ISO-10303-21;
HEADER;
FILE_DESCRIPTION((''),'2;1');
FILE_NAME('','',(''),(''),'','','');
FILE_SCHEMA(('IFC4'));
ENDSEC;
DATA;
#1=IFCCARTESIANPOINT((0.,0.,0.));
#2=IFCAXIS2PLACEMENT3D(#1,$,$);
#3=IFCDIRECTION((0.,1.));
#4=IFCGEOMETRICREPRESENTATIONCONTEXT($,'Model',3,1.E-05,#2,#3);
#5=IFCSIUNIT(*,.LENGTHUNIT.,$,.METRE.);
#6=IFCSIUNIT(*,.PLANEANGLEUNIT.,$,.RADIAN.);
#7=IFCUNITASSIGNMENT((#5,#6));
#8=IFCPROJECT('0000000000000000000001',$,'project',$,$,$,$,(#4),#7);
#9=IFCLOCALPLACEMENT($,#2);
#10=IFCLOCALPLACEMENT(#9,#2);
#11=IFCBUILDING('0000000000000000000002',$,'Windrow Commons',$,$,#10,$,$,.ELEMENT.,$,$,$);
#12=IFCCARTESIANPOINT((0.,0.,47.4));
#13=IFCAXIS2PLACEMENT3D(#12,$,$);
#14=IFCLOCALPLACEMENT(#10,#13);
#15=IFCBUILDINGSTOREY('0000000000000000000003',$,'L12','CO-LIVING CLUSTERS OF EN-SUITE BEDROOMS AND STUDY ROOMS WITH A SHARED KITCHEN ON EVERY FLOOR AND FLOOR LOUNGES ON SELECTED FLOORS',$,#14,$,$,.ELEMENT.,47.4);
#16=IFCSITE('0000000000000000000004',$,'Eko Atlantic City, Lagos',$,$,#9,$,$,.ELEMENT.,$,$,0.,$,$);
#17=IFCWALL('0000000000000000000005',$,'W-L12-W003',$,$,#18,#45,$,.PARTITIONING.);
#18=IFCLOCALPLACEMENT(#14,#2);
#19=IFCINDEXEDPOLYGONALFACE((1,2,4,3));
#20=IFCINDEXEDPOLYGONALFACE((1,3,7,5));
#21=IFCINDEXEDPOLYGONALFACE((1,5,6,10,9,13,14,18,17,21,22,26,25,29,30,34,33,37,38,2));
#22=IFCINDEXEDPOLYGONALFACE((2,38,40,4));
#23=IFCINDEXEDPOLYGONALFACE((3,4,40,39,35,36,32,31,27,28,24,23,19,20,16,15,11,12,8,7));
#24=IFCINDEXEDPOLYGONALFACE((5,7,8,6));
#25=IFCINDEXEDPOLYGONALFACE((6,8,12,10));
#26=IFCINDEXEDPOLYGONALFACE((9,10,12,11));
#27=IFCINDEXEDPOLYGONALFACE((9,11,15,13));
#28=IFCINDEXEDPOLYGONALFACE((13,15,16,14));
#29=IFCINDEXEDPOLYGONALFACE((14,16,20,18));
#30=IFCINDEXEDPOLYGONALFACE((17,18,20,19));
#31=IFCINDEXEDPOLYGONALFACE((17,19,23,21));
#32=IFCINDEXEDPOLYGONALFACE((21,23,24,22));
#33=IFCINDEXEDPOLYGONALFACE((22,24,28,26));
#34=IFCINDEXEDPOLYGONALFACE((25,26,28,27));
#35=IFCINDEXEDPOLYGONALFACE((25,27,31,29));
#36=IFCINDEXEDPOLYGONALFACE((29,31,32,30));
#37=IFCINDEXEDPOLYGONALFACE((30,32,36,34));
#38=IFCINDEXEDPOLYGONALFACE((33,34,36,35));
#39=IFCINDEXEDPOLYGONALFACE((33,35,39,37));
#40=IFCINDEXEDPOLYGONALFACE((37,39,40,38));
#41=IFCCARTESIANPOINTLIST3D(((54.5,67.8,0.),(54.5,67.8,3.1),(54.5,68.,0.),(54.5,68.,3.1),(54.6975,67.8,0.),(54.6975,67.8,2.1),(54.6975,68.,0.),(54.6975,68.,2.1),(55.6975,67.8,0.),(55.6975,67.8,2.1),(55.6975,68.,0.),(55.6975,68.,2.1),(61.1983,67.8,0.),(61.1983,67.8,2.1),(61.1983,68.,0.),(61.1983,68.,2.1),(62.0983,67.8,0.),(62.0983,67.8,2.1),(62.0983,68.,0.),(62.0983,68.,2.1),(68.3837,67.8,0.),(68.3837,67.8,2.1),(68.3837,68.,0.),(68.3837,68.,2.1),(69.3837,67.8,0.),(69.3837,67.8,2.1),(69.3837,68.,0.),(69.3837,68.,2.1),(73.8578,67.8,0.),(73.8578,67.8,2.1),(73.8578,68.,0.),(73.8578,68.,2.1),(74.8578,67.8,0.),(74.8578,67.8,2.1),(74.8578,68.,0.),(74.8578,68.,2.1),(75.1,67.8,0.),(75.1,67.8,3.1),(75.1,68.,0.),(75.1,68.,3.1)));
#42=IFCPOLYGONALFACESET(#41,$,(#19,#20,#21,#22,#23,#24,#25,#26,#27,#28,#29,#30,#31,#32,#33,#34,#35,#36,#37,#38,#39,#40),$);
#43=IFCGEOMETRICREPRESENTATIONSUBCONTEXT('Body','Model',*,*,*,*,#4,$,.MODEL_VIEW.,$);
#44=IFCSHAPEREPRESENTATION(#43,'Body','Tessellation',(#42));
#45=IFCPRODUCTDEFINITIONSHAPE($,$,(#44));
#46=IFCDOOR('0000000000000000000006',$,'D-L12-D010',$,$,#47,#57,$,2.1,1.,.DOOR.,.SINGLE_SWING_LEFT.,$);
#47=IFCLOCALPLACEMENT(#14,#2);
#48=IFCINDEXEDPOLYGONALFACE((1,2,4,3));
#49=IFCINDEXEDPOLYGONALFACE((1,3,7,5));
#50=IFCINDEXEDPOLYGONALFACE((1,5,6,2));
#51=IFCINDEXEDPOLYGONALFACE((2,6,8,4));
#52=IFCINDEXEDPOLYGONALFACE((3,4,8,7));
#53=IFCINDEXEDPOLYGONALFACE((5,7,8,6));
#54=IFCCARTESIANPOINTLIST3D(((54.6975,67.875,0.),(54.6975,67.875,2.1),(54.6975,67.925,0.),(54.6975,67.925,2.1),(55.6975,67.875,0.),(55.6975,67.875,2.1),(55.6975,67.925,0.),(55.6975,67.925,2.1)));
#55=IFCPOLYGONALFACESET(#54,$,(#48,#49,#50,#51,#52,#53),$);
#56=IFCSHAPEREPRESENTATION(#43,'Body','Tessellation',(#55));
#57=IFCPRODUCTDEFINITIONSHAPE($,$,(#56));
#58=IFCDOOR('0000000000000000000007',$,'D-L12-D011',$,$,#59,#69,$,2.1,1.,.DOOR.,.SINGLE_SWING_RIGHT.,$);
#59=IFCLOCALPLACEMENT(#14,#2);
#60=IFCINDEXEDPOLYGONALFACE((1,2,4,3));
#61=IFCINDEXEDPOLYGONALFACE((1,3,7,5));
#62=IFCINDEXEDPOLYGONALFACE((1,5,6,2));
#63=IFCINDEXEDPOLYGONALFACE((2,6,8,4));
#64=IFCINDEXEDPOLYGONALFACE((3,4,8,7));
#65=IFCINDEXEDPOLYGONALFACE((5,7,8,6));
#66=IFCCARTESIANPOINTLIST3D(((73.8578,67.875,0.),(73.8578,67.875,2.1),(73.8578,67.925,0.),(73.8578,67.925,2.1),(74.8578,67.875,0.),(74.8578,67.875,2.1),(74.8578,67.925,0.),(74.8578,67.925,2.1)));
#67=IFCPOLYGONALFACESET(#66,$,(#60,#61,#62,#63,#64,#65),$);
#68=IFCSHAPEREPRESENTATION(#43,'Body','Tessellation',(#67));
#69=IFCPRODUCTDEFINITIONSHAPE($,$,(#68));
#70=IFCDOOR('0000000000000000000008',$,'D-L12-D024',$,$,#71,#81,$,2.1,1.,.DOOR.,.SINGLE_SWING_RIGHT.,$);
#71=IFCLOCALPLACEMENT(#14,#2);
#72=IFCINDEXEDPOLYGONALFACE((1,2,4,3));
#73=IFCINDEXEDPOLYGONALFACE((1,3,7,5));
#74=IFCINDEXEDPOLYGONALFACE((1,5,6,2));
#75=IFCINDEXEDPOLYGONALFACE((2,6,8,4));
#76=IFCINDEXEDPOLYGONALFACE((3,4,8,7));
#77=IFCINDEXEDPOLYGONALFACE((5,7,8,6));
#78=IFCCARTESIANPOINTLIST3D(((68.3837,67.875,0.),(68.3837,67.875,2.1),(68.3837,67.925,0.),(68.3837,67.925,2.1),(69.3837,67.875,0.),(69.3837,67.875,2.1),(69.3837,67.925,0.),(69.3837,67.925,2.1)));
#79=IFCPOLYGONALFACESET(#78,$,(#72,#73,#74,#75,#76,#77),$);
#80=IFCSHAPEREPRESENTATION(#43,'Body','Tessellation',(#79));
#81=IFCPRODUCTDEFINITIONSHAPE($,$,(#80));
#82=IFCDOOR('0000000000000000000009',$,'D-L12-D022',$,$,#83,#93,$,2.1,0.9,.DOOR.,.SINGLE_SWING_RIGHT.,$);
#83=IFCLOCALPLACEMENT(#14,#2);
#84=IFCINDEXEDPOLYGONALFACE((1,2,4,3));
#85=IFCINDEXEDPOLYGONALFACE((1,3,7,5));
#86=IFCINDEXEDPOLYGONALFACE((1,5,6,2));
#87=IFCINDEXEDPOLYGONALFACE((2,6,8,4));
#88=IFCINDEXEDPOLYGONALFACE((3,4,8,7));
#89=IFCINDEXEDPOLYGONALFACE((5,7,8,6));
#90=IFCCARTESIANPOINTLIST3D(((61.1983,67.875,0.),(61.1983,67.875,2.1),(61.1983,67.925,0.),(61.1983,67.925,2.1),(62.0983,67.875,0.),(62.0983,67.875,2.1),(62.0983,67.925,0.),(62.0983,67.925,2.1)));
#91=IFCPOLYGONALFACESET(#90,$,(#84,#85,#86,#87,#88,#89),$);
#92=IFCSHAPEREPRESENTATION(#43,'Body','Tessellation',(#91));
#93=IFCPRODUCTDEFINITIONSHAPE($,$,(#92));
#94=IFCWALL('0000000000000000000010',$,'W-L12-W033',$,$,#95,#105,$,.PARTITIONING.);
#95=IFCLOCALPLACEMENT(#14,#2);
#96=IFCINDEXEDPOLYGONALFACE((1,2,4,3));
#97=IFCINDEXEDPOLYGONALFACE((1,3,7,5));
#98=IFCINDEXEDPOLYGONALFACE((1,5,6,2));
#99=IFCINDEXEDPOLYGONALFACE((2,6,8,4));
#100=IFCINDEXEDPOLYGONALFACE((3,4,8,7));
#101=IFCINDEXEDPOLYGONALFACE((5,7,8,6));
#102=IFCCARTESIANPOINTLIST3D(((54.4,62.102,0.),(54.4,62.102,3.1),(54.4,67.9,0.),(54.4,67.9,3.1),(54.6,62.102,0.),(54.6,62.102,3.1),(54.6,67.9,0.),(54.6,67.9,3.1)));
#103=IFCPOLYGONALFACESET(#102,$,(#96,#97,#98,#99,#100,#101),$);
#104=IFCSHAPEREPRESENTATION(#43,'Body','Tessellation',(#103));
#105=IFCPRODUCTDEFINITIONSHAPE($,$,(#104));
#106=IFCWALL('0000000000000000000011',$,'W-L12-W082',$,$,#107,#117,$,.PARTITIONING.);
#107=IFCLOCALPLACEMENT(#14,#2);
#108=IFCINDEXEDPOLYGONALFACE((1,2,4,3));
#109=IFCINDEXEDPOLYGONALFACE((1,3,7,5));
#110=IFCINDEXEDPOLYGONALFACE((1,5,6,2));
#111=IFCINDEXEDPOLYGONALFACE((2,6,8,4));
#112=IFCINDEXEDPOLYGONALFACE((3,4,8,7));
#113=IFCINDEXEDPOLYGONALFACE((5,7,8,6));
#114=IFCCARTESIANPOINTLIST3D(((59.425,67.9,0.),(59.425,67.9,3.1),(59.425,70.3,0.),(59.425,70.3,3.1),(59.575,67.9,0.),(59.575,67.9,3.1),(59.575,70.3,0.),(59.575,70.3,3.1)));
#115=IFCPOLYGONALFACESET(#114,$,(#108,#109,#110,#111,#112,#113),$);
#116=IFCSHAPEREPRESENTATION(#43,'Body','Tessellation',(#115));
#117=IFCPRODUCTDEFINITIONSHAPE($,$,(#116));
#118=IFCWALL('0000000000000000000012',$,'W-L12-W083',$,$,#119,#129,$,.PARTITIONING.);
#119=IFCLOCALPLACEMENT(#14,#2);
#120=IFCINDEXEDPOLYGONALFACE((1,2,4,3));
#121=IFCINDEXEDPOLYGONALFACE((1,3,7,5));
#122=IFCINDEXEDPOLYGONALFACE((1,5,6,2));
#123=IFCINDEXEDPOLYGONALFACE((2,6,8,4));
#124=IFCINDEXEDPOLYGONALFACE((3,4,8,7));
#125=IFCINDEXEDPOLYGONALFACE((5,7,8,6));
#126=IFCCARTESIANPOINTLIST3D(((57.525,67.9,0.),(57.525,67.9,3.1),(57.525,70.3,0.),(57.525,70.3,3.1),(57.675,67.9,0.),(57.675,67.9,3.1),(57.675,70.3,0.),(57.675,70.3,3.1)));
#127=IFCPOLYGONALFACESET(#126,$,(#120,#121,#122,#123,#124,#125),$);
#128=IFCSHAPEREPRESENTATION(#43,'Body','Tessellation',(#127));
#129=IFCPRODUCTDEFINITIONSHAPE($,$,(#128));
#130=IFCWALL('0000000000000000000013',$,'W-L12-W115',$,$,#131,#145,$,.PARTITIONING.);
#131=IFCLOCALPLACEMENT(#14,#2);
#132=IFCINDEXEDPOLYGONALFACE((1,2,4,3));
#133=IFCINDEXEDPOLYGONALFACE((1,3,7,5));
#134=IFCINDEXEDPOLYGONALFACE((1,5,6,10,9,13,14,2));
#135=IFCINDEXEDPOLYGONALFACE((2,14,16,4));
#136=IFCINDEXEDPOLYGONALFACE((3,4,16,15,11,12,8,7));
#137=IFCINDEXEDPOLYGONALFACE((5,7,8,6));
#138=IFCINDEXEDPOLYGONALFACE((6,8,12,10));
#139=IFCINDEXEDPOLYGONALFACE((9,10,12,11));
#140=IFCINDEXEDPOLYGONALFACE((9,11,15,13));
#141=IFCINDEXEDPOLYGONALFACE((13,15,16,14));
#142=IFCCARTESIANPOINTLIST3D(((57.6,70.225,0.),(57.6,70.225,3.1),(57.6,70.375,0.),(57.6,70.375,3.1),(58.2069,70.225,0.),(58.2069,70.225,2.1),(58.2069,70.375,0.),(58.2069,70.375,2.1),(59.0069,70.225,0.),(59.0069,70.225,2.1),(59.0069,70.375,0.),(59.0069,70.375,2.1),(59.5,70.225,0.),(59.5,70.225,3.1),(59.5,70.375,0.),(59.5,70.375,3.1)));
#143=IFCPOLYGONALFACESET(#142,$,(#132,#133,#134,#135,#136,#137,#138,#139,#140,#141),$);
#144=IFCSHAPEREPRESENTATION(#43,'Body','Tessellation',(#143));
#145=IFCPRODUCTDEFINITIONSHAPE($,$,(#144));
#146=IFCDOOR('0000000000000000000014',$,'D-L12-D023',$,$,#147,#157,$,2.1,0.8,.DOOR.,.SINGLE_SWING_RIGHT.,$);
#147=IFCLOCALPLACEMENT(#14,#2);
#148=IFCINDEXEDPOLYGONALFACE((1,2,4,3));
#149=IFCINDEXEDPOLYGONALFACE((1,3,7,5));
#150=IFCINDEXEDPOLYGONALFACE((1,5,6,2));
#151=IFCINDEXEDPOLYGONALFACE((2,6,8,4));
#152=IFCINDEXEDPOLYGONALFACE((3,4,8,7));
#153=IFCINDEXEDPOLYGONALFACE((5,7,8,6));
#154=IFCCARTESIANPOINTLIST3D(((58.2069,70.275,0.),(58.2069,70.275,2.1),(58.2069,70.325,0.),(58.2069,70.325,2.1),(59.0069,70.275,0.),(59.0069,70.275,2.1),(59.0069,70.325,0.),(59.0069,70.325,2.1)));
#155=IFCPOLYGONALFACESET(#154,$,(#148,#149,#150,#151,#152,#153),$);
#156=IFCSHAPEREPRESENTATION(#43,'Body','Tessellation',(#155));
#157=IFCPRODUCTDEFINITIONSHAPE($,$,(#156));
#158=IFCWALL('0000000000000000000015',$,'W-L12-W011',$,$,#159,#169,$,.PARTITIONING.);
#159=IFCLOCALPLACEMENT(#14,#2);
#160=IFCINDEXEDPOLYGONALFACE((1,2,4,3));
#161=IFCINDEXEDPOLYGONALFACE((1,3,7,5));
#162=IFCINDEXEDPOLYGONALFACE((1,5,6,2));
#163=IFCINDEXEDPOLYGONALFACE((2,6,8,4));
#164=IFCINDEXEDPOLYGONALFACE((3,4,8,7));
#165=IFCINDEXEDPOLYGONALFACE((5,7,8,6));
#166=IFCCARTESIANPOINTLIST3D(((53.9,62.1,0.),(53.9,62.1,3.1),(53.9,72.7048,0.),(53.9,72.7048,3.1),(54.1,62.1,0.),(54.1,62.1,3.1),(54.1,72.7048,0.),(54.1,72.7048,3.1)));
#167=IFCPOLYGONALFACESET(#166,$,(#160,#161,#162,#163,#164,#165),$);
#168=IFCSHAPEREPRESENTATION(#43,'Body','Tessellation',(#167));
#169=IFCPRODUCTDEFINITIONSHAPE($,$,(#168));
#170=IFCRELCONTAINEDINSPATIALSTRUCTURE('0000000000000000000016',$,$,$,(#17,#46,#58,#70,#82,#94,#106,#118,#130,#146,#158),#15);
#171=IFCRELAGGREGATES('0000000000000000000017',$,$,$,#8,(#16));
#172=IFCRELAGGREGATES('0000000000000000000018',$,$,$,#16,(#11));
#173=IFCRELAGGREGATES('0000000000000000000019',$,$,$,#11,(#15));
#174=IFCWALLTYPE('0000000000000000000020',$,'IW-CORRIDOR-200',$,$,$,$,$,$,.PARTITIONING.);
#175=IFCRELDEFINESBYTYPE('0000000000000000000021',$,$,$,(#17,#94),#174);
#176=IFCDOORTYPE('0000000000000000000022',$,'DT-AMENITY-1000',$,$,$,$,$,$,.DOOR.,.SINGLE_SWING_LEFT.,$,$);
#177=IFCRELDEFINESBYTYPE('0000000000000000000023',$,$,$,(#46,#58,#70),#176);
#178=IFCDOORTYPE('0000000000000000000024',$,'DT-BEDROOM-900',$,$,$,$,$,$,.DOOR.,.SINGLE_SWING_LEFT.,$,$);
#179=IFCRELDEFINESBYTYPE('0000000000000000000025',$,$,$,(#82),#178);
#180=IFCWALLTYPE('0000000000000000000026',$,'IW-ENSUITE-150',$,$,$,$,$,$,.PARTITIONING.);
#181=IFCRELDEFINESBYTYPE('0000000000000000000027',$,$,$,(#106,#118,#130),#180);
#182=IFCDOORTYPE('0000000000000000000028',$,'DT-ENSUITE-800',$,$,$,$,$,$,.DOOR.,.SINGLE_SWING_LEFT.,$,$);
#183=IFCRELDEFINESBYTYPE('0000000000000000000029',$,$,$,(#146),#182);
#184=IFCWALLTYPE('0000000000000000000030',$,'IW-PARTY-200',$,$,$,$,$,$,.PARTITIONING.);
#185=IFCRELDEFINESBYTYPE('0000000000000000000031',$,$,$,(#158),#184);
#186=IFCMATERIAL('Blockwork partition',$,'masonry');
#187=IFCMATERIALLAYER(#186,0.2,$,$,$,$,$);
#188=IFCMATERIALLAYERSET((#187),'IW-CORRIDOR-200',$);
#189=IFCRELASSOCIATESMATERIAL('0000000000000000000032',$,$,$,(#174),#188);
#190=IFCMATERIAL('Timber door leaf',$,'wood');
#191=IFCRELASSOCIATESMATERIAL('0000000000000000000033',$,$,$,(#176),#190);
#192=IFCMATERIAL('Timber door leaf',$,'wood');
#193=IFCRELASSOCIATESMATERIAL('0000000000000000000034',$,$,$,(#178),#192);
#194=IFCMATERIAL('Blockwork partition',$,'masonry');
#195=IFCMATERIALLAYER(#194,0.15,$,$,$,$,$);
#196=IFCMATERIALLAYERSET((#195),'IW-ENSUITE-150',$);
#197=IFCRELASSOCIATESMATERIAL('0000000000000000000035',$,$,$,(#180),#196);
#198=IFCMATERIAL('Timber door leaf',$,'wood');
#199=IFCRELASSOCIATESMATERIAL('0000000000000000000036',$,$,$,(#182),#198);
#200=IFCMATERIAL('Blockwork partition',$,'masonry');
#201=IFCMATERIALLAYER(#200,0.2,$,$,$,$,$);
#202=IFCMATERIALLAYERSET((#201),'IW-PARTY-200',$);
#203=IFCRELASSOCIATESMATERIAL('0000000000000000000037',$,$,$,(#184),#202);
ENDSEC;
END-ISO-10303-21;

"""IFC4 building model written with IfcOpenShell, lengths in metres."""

from ifc_helpers import new_model, si_unit, direction, frame, frame_2d, origin, place, context, subcontext, project, spatial, rectangle, extrude, material, layer, layer_set, type_object, element, fill, save


model = new_model("IFC4")

# Units and contexts
model_context = context("Model", 3, precision=1e-05, world=origin(), true_north=direction((0.0, 1.0)))
body_context = subcontext(model_context, "Body", "Model", "MODEL_VIEW")
ifc_project = project(units=[si_unit("LENGTHUNIT", "METRE"), si_unit("PLANEANGLEUNIT", "RADIAN")], contexts=[model_context])

# Site, building, storey
site_placement = place(None, origin())
site = spatial("IfcSite", under=ifc_project, at=site_placement, Name="Eko Atlantic City, Lagos", CompositionType="ELEMENT", RefElevation=0.0)
building_placement = place(site_placement, origin())
building = spatial("IfcBuilding", under=site, at=building_placement, Name="Windrow Commons", CompositionType="ELEMENT")
storey_placement = place(building_placement, frame((0.0, 0.0, 47.4)))
storey = spatial("IfcBuildingStorey", under=building, at=storey_placement, Name="L12", Description="CO-LIVING CLUSTERS OF EN-SUITE BEDROOMS AND STUDY ROOMS WITH A SHARED KITCHEN ON EVERY FLOOR AND FLOOR LOUNGES ON SELECTED FLOORS", CompositionType="ELEMENT", Elevation=47.4)

# Wall, openings, doors
ifc_material_1 = material(Name="Blockwork partition", Category="masonry")
ifc_layer_1 = layer(ifc_material_1, 0.2)
ifc_layer_set_1 = layer_set([ifc_layer_1], Name="IW-CORRIDOR-200")
wall_type_1 = type_object("IfcWallType", Name="IW-CORRIDOR-200", PredefinedType="PARTITIONING", material=ifc_layer_set_1)
wall_1_placement = place(storey_placement, frame((54.5, 67.9, 0.0), z_axis=(0.0, 0.0, 1.0), x_axis=(1.0, 0.0, 0.0)))
wall_1 = element("IfcWall", 1, at=wall_1_placement, inside=storey, type_object=wall_type_1, Name="W-L12-W003", PredefinedType="PARTITIONING", context=body_context, shape_type="SweptSolid", body=[
    extrude(rectangle(XDim=20.6, YDim=0.2, at=frame_2d((10.3, 0.0))), origin(), (0.0, 0.0, 1.0), 3.1),
])
opening_1_placement = place(wall_1_placement, frame((0.1975, 0.0, 0.0)))
opening_1 = element("IfcOpeningElement", 2, at=opening_1_placement, cuts=wall_1, PredefinedType="OPENING", context=body_context, shape_type="SweptSolid", body=[
    extrude(rectangle(XDim=1.0, YDim=2.1, at=frame_2d((0.5, 1.05))), frame((0.0, 0.11, 0.0), z_axis=(0.0, -1.0, 0.0), x_axis=(1.0, 0.0, 0.0)), (0.0, 0.0, 1.0), 0.22),
])
opening_2_placement = place(wall_1_placement, frame((19.3578, 0.0, 0.0)))
opening_2 = element("IfcOpeningElement", 3, at=opening_2_placement, cuts=wall_1, PredefinedType="OPENING", context=body_context, shape_type="SweptSolid", body=[
    extrude(rectangle(XDim=1.0, YDim=2.1, at=frame_2d((0.5, 1.05))), frame((0.0, 0.11, 0.0), z_axis=(0.0, -1.0, 0.0), x_axis=(1.0, 0.0, 0.0)), (0.0, 0.0, 1.0), 0.22),
])
opening_3_placement = place(wall_1_placement, frame((6.6983, 0.0, 0.0)))
opening_3 = element("IfcOpeningElement", 4, at=opening_3_placement, cuts=wall_1, PredefinedType="OPENING", context=body_context, shape_type="SweptSolid", body=[
    extrude(rectangle(XDim=0.9, YDim=2.1, at=frame_2d((0.45, 1.05))), frame((0.0, 0.11, 0.0), z_axis=(0.0, -1.0, 0.0), x_axis=(1.0, 0.0, 0.0)), (0.0, 0.0, 1.0), 0.22),
])
opening_4_placement = place(wall_1_placement, frame((13.8837, 0.0, 0.0)))
opening_4 = element("IfcOpeningElement", 5, at=opening_4_placement, cuts=wall_1, PredefinedType="OPENING", context=body_context, shape_type="SweptSolid", body=[
    extrude(rectangle(XDim=1.0, YDim=2.1, at=frame_2d((0.5, 1.05))), frame((0.0, 0.11, 0.0), z_axis=(0.0, -1.0, 0.0), x_axis=(1.0, 0.0, 0.0)), (0.0, 0.0, 1.0), 0.22),
])
ifc_material_2 = material(Name="Timber door leaf", Category="wood")
door_type_1 = type_object("IfcDoorType", Name="DT-AMENITY-1000", OperationType="SINGLE_SWING_LEFT", PredefinedType="DOOR", material=ifc_material_2)
door_1_placement = place(opening_1_placement, origin())
door_1 = element("IfcDoor", 6, at=door_1_placement, inside=storey, type_object=door_type_1, Name="D-L12-D010", OperationType="SINGLE_SWING_LEFT", OverallHeight=2.1, OverallWidth=1.0, PredefinedType="DOOR", context=body_context, shape_type="SweptSolid", body=[
    extrude(rectangle(XDim=1.0, YDim=2.1, at=frame_2d((0.5, 1.05))), frame((0.0, 0.025, 0.0), z_axis=(0.0, -1.0, 0.0), x_axis=(1.0, 0.0, 0.0)), (0.0, 0.0, 1.0), 0.05),
])
fill(opening_1, door_1)
door_2_placement = place(opening_2_placement, origin())
door_2 = element("IfcDoor", 7, at=door_2_placement, inside=storey, type_object=door_type_1, Name="D-L12-D011", OperationType="SINGLE_SWING_RIGHT", OverallHeight=2.1, OverallWidth=1.0, PredefinedType="DOOR", context=body_context, shape_type="SweptSolid", body=[
    extrude(rectangle(XDim=1.0, YDim=2.1, at=frame_2d((0.5, 1.05))), frame((0.0, 0.025, 0.0), z_axis=(0.0, -1.0, 0.0), x_axis=(1.0, 0.0, 0.0)), (0.0, 0.0, 1.0), 0.05),
])
fill(opening_2, door_2)
door_3_placement = place(opening_4_placement, origin())
door_3 = element("IfcDoor", 8, at=door_3_placement, inside=storey, type_object=door_type_1, Name="D-L12-D024", OperationType="SINGLE_SWING_RIGHT", OverallHeight=2.1, OverallWidth=1.0, PredefinedType="DOOR", context=body_context, shape_type="SweptSolid", body=[
    extrude(rectangle(XDim=1.0, YDim=2.1, at=frame_2d((0.5, 1.05))), frame((0.0, 0.025, 0.0), z_axis=(0.0, -1.0, 0.0), x_axis=(1.0, 0.0, 0.0)), (0.0, 0.0, 1.0), 0.05),
])
fill(opening_4, door_3)
ifc_material_3 = material(Name="Timber door leaf", Category="wood")
door_type_2 = type_object("IfcDoorType", Name="DT-BEDROOM-900", OperationType="SINGLE_SWING_LEFT", PredefinedType="DOOR", material=ifc_material_3)
door_4_placement = place(opening_3_placement, origin())
door_4 = element("IfcDoor", 9, at=door_4_placement, inside=storey, type_object=door_type_2, Name="D-L12-D022", OperationType="SINGLE_SWING_RIGHT", OverallHeight=2.1, OverallWidth=0.9, PredefinedType="DOOR", context=body_context, shape_type="SweptSolid", body=[
    extrude(rectangle(XDim=0.9, YDim=2.1, at=frame_2d((0.45, 1.05))), frame((0.0, 0.025, 0.0), z_axis=(0.0, -1.0, 0.0), x_axis=(1.0, 0.0, 0.0)), (0.0, 0.0, 1.0), 0.05),
])
fill(opening_3, door_4)

# Walls
wall_2_placement = place(storey_placement, frame((54.5, 62.102, 0.0), z_axis=(0.0, 0.0, 1.0), x_axis=(0.0, 1.0, 0.0)))
element("IfcWall", 10, at=wall_2_placement, inside=storey, type_object=wall_type_1, Name="W-L12-W033", PredefinedType="PARTITIONING", context=body_context, shape_type="SweptSolid", body=[
    extrude(rectangle(XDim=5.798, YDim=0.2, at=frame_2d((2.899, 0.0))), origin(), (0.0, 0.0, 1.0), 3.1),
])
ifc_material_4 = material(Name="Blockwork partition", Category="masonry")
ifc_layer_2 = layer(ifc_material_4, 0.15)
ifc_layer_set_2 = layer_set([ifc_layer_2], Name="IW-ENSUITE-150")
wall_type_2 = type_object("IfcWallType", Name="IW-ENSUITE-150", PredefinedType="PARTITIONING", material=ifc_layer_set_2)
for number, where, z_axis, x_axis, name in (
    (11, (59.5, 67.9, 0.0), (0.0, 0.0, 1.0), (0.0, 1.0, 0.0), "W-L12-W082"),
    (12, (57.6, 67.9, 0.0), (0.0, 0.0, 1.0), (0.0, 1.0, 0.0), "W-L12-W083"),
):
    element("IfcWall", number, at=place(storey_placement, frame(where, z_axis=z_axis, x_axis=x_axis)), inside=storey, type_object=wall_type_2, Name=name, PredefinedType="PARTITIONING", context=body_context, shape_type="SweptSolid", body=[
        extrude(rectangle(XDim=2.4, YDim=0.15, at=frame_2d((1.2, 0.0))), origin(), (0.0, 0.0, 1.0), 3.1),
    ])

# Wall, opening, door
wall_3_placement = place(storey_placement, frame((57.6, 70.3, 0.0), z_axis=(0.0, 0.0, 1.0), x_axis=(1.0, 0.0, 0.0)))
wall_3 = element("IfcWall", 13, at=wall_3_placement, inside=storey, type_object=wall_type_2, Name="W-L12-W115", PredefinedType="PARTITIONING", context=body_context, shape_type="SweptSolid", body=[
    extrude(rectangle(XDim=1.9, YDim=0.15, at=frame_2d((0.95, 0.0))), origin(), (0.0, 0.0, 1.0), 3.1),
])
opening_5_placement = place(wall_3_placement, frame((0.6069, 0.0, 0.0)))
opening_5 = element("IfcOpeningElement", 14, at=opening_5_placement, cuts=wall_3, PredefinedType="OPENING", context=body_context, shape_type="SweptSolid", body=[
    extrude(rectangle(XDim=0.8, YDim=2.1, at=frame_2d((0.4, 1.05))), frame((0.0, 0.085, 0.0), z_axis=(0.0, -1.0, 0.0), x_axis=(1.0, 0.0, 0.0)), (0.0, 0.0, 1.0), 0.17),
])
ifc_material_5 = material(Name="Timber door leaf", Category="wood")
door_type_3 = type_object("IfcDoorType", Name="DT-ENSUITE-800", OperationType="SINGLE_SWING_LEFT", PredefinedType="DOOR", material=ifc_material_5)
door_5_placement = place(opening_5_placement, origin())
door_5 = element("IfcDoor", 15, at=door_5_placement, inside=storey, type_object=door_type_3, Name="D-L12-D023", OperationType="SINGLE_SWING_RIGHT", OverallHeight=2.1, OverallWidth=0.8, PredefinedType="DOOR", context=body_context, shape_type="SweptSolid", body=[
    extrude(rectangle(XDim=0.8, YDim=2.1, at=frame_2d((0.4, 1.05))), frame((0.0, 0.025, 0.0), z_axis=(0.0, -1.0, 0.0), x_axis=(1.0, 0.0, 0.0)), (0.0, 0.0, 1.0), 0.05),
])
fill(opening_5, door_5)

# Wall
ifc_material_6 = material(Name="Blockwork partition", Category="masonry")
ifc_layer_3 = layer(ifc_material_6, 0.2)
ifc_layer_set_3 = layer_set([ifc_layer_3], Name="IW-PARTY-200")
wall_type_3 = type_object("IfcWallType", Name="IW-PARTY-200", PredefinedType="PARTITIONING", material=ifc_layer_set_3)
wall_4_placement = place(storey_placement, frame((54.0, 62.1, 0.0), z_axis=(0.0, 0.0, 1.0), x_axis=(0.0, 1.0, 0.0)))
element("IfcWall", 16, at=wall_4_placement, inside=storey, type_object=wall_type_3, Name="W-L12-W011", PredefinedType="PARTITIONING", context=body_context, shape_type="SweptSolid", body=[
    extrude(rectangle(XDim=10.6048, YDim=0.2, at=frame_2d((5.3024, 0.0))), origin(), (0.0, 0.0, 1.0), 3.1),
])

save(model, "model.ifc")
